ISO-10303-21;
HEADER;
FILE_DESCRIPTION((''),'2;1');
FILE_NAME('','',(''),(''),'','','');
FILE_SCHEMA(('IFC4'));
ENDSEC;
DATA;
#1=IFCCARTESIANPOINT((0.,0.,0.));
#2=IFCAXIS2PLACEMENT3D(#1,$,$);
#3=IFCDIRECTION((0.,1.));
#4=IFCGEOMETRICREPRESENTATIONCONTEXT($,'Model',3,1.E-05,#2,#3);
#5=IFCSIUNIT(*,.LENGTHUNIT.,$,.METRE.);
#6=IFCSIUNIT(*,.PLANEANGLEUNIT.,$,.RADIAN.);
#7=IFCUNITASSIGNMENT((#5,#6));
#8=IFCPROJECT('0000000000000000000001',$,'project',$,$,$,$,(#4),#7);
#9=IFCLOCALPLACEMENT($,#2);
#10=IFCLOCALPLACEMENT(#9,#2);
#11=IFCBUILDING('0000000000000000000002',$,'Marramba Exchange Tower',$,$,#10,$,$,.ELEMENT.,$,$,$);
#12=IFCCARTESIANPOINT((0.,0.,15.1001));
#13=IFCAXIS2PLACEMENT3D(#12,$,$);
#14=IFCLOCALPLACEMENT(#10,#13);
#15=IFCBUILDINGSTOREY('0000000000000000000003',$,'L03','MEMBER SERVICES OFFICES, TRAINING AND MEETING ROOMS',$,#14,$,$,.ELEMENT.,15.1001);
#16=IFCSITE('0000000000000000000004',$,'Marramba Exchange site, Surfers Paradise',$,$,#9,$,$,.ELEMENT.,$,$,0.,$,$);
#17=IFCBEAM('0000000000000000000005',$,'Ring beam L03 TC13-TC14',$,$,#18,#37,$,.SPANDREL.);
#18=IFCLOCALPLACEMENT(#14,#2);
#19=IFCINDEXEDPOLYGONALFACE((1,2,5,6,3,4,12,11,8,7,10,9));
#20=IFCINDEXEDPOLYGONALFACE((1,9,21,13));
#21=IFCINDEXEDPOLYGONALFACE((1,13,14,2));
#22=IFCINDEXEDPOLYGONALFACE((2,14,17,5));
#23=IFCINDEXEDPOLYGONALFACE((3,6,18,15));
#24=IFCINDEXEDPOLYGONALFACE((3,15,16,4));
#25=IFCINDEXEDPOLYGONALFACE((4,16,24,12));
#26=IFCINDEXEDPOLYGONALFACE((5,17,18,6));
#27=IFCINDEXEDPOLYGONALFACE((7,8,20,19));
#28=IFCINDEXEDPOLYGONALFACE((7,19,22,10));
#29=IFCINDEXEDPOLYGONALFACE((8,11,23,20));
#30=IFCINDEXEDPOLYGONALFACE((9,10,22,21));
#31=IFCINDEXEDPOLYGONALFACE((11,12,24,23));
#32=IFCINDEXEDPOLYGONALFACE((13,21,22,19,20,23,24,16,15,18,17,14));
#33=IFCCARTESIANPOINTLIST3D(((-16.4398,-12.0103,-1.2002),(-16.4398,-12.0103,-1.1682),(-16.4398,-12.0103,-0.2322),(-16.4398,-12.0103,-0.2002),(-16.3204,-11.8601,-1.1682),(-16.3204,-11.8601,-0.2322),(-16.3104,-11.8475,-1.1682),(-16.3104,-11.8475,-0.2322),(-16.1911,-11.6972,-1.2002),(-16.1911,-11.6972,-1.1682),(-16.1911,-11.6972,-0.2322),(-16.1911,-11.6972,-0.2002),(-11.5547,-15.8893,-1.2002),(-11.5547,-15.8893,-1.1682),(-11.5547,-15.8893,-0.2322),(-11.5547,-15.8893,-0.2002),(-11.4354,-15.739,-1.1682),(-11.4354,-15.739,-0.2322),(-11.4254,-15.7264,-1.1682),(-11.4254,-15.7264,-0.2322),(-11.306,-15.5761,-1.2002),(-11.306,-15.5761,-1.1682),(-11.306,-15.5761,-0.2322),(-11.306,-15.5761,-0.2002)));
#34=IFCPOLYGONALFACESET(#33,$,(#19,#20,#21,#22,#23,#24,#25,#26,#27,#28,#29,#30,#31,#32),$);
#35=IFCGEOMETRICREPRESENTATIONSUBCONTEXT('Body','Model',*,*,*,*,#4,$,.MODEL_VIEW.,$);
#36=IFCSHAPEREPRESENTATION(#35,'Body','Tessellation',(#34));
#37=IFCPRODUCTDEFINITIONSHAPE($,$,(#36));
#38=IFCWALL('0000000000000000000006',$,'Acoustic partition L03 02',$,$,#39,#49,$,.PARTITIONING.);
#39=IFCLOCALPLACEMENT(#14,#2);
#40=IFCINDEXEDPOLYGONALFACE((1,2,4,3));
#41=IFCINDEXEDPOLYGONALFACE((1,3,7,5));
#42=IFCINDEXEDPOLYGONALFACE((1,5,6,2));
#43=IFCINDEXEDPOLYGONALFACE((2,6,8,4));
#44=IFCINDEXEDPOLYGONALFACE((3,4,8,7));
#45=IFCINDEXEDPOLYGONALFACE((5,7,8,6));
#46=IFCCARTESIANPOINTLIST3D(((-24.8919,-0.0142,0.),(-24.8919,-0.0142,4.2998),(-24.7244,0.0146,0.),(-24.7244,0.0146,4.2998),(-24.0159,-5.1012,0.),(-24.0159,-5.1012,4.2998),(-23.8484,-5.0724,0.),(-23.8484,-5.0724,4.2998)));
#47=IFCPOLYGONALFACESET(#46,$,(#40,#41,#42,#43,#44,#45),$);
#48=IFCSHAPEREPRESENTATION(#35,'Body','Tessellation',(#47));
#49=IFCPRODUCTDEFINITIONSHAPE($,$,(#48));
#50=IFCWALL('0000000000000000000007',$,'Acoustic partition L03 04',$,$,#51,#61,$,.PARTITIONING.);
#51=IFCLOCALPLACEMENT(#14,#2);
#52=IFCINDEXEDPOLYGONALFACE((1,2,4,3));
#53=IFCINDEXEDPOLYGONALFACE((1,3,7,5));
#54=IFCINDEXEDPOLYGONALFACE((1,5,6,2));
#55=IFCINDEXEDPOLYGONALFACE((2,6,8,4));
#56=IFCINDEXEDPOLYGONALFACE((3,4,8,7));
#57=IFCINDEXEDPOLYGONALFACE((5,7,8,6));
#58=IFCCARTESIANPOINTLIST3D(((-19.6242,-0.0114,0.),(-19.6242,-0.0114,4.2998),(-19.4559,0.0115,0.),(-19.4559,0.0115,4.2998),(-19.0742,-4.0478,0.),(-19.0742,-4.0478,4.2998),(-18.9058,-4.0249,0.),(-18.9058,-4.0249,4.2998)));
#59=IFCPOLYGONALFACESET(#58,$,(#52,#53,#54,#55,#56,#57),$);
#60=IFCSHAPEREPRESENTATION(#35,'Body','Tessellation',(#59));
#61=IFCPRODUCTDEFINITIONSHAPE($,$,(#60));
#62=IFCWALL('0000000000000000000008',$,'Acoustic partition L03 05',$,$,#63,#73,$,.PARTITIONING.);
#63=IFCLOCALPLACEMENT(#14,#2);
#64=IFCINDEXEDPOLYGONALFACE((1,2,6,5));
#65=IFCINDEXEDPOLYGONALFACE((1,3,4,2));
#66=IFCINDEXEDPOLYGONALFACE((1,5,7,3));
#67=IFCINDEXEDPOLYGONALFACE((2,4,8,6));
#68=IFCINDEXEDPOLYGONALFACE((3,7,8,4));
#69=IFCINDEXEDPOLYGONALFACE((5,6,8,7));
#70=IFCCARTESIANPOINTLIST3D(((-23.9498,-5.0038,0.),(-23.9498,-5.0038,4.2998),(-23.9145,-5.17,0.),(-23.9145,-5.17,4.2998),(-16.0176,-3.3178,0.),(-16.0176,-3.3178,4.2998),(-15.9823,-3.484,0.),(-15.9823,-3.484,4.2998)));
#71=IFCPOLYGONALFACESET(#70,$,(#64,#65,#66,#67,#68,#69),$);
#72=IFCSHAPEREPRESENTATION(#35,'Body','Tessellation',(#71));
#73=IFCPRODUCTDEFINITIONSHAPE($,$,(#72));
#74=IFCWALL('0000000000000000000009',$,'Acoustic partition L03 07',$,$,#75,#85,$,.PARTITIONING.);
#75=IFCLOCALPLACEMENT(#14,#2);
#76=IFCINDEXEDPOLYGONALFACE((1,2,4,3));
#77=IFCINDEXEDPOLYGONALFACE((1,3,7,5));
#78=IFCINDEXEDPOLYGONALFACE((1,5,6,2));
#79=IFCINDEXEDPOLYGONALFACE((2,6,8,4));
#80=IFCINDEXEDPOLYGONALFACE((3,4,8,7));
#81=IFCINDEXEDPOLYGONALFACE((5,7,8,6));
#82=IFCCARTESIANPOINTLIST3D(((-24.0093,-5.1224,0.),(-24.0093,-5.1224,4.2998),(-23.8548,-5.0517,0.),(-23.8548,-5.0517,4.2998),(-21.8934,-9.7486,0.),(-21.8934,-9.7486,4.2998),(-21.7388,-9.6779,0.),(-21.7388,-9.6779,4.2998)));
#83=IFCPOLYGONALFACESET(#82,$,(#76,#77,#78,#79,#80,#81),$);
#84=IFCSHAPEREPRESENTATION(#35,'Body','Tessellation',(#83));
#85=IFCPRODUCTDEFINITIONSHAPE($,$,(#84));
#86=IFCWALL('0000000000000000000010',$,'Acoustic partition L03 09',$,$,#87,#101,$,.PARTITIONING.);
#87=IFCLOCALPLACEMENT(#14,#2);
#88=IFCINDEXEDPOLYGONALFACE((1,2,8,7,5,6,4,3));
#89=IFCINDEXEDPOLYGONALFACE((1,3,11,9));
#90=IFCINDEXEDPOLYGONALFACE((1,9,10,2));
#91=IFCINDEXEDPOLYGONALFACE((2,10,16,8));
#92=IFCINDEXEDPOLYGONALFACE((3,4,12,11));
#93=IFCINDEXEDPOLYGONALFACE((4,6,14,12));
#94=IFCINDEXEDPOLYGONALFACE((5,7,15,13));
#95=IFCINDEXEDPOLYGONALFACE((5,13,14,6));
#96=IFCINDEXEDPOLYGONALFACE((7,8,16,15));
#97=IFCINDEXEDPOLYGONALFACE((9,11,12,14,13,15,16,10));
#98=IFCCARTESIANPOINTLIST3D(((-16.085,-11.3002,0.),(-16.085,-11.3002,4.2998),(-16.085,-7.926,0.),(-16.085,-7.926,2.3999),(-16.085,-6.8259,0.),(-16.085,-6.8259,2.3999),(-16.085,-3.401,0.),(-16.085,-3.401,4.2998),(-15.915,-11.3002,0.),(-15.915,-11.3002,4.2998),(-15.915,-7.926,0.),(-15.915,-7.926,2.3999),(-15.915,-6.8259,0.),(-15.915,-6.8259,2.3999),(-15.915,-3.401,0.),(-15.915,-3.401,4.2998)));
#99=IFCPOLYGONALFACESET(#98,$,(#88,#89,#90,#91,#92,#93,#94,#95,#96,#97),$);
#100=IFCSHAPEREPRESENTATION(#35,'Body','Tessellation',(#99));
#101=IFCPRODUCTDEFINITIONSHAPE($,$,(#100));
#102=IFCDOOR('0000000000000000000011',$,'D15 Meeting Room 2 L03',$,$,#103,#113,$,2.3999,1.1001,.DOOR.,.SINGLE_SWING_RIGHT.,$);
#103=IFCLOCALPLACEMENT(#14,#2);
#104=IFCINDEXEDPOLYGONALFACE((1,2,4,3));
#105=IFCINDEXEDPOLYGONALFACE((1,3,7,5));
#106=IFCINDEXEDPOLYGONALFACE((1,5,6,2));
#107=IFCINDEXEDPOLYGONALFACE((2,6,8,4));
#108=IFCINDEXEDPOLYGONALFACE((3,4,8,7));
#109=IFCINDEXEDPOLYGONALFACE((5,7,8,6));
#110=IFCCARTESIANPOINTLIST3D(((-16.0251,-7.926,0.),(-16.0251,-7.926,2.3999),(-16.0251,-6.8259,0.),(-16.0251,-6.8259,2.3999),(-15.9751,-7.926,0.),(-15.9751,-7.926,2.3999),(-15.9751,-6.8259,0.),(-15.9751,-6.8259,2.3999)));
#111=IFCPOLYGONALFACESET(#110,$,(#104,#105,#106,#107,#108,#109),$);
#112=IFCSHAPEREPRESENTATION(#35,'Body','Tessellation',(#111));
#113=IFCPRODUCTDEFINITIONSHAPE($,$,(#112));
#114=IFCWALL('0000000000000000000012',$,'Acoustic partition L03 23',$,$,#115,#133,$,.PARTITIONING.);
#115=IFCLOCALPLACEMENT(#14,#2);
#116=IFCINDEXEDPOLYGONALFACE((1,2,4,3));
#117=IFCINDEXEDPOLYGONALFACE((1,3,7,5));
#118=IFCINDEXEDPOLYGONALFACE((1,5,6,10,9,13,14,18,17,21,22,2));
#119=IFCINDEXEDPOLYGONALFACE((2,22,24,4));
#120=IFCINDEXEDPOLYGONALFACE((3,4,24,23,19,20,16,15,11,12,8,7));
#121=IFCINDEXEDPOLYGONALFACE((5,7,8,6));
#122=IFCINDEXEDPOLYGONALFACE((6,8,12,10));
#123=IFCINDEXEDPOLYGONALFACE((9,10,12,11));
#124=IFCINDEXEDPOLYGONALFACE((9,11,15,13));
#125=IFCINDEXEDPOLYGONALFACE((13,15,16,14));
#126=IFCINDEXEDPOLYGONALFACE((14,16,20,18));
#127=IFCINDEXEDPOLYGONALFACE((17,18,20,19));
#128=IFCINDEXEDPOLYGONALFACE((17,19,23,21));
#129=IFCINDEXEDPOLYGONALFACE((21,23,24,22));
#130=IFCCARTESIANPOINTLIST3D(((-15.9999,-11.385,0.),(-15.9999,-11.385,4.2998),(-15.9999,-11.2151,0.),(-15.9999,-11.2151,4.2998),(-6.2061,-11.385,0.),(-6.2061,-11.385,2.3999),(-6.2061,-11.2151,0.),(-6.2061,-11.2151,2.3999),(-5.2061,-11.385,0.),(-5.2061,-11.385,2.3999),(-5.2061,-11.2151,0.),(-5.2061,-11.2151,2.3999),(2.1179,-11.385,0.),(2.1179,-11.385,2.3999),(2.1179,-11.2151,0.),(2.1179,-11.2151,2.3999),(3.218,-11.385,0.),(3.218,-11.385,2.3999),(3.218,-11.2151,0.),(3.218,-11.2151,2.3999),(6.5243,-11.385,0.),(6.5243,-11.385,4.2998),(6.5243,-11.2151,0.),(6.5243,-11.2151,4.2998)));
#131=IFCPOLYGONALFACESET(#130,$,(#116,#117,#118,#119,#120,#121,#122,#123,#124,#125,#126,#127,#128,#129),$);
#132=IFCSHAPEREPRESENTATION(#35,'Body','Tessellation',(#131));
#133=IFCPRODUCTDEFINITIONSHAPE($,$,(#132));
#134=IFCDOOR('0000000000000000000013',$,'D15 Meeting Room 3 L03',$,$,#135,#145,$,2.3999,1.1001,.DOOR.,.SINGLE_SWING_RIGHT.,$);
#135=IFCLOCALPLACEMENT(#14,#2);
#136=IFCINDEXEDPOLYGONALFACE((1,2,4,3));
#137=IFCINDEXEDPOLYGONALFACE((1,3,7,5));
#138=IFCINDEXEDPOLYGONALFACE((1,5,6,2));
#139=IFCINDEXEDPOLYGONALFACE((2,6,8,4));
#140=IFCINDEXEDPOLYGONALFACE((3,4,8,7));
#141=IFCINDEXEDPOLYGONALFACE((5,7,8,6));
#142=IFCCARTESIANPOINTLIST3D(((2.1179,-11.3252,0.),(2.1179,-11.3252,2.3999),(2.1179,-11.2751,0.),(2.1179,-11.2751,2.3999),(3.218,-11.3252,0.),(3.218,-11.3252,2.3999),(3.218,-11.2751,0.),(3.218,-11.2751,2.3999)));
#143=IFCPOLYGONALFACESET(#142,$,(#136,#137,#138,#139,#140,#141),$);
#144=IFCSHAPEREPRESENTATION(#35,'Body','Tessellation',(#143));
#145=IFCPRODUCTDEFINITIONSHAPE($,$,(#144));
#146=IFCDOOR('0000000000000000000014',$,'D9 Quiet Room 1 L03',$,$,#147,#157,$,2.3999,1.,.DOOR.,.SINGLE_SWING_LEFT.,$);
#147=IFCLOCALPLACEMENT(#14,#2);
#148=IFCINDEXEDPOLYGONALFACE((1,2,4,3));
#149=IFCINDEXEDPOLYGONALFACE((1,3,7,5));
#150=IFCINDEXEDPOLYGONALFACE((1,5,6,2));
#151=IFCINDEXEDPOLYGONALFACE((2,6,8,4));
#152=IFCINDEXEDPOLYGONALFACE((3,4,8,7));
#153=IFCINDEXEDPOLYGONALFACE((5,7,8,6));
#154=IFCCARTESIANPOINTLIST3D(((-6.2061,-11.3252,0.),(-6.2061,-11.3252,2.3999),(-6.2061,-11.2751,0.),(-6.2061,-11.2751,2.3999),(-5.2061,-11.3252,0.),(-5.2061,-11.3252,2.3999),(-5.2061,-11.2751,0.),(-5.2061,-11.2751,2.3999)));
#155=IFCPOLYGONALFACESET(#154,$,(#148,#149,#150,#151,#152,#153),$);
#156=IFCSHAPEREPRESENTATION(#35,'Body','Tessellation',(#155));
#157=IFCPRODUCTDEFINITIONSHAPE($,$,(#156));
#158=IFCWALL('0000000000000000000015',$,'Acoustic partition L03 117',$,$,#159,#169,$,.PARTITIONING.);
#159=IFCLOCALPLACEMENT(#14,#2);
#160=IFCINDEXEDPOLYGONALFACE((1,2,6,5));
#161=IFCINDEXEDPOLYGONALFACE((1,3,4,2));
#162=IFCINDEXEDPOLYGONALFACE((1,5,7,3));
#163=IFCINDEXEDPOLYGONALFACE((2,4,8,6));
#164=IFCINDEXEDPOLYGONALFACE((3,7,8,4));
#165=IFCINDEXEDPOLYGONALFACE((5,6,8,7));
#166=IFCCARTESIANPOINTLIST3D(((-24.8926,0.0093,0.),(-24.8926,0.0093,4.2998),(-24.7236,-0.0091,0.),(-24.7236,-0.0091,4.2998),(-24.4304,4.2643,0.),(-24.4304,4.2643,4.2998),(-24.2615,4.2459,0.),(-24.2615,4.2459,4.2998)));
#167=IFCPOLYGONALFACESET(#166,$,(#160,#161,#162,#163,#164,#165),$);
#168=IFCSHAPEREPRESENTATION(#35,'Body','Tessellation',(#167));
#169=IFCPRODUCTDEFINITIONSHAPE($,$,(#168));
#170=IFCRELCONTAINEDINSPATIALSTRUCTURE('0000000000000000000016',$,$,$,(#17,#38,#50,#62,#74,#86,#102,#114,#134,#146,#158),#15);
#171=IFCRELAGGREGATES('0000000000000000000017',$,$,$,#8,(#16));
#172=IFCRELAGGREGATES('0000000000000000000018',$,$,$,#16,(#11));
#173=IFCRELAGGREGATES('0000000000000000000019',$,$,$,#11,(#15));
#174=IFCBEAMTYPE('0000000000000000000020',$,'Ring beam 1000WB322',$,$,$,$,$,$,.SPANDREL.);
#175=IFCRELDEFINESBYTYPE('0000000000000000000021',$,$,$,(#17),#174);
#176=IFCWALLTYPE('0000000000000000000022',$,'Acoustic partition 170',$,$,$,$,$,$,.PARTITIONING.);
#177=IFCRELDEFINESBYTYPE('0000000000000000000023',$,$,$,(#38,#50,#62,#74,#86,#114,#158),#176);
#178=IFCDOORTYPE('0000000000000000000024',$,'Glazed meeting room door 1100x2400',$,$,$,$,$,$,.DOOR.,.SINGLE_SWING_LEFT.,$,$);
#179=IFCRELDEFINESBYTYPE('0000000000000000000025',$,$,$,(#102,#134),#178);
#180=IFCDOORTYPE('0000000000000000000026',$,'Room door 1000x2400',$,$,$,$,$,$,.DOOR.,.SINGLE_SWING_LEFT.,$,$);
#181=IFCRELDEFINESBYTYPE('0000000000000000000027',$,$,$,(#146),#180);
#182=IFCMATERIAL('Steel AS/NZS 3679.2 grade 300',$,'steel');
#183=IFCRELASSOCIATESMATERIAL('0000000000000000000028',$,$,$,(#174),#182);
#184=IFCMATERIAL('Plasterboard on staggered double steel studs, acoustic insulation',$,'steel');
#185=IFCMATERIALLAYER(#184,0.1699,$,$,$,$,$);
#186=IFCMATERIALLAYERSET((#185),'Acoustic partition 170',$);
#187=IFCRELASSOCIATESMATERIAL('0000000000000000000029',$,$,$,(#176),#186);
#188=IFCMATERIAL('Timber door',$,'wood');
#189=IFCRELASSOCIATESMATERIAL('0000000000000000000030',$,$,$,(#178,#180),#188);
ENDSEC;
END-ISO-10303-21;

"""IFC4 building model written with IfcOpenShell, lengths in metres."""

from ifc_helpers import new_model, si_unit, direction, frame, frame_2d, origin, origin_2d, place, context, subcontext, project, spatial, rectangle, i_section, extrude, material, layer, layer_set, material_profile, profile_set, type_object, element, fill, save


model = new_model("IFC4")

# Units and contexts
model_context = context("Model", 3, precision=1e-05, world=origin(), true_north=direction((0.0, 1.0)))
body_context = subcontext(model_context, "Body", "Model", "MODEL_VIEW")
ifc_project = project(units=[si_unit("LENGTHUNIT", "METRE"), si_unit("PLANEANGLEUNIT", "RADIAN")], contexts=[model_context])

# Site, building, storey
site_placement = place(None, origin())
site = spatial("IfcSite", under=ifc_project, at=site_placement, Name="Marramba Exchange site, Surfers Paradise", CompositionType="ELEMENT", RefElevation=0.0)
building_placement = place(site_placement, origin())
building = spatial("IfcBuilding", under=site, at=building_placement, Name="Marramba Exchange Tower", CompositionType="ELEMENT")
storey_placement = place(building_placement, frame((0.0, 0.0, 15.1001)))
storey = spatial("IfcBuildingStorey", under=building, at=storey_placement, Name="L03", Description="MEMBER SERVICES OFFICES, TRAINING AND MEETING ROOMS", CompositionType="ELEMENT", Elevation=15.1001)

# Beam
ifc_material_1 = material(Name="Steel AS/NZS 3679.2 grade 300", Category="steel")
ifc_material_profile_1 = material_profile(ifc_material_1, i_section(OverallWidth=0.3999, OverallDepth=1.0, WebThickness=0.0161, FlangeThickness=0.032, at=origin_2d()), Name="1000WB322")
ifc_profile_set_1 = profile_set([ifc_material_profile_1], Name="Steel AS/NZS 3679.2 grade 300")
beam_type_1 = type_object("IfcBeamType", Name="Ring beam 1000WB322", PredefinedType="SPANDREL", material=ifc_profile_set_1)
beam_1_placement = place(storey_placement, frame((-16.3154, -11.8538, -0.7002), z_axis=(0.783139, -0.621846, 0.0), x_axis=(0.621846, 0.783139, 0.0)))
element("IfcBeam", 1, at=beam_1_placement, inside=storey, type_object=beam_type_1, Name="Ring beam L03 TC13-TC14", PredefinedType="SPANDREL", context=body_context, shape_type="SweptSolid", body=[
    extrude(i_section(OverallWidth=0.3999, OverallDepth=1.0, WebThickness=0.0161, FlangeThickness=0.032, at=origin_2d()), origin(), (0.0, 0.0, 1.0), 6.2378),
])

# Walls
ifc_material_2 = material(Name="Plasterboard on staggered double steel studs, acoustic insulation", Category="steel")
ifc_layer_1 = layer(ifc_material_2, 0.1699)
ifc_layer_set_1 = layer_set([ifc_layer_1], Name="Acoustic partition 170")
wall_type_1 = type_object("IfcWallType", Name="Acoustic partition 170", PredefinedType="PARTITIONING", material=ifc_layer_set_1)
wall_1_placement = place(storey_placement, frame((-23.9321, -5.0869, 0.0), z_axis=(0.0, 0.0, 1.0), x_axis=(-0.169704, 0.985495, 0.0)))
element("IfcWall", 2, at=wall_1_placement, inside=storey, type_object=wall_type_1, Name="Acoustic partition L03 02", PredefinedType="PARTITIONING", context=body_context, shape_type="SweptSolid", body=[
    extrude(rectangle(XDim=5.1619, YDim=0.1699, at=frame_2d((2.5811, 0.0))), origin(), (0.0, 0.0, 1.0), 4.2998),
])
wall_2_placement = place(storey_placement, frame((-18.99, -4.0364, 0.0), z_axis=(0.0, 0.0, 1.0), x_axis=(-0.135025, 0.990842, 0.0)))
element("IfcWall", 3, at=wall_2_placement, inside=storey, type_object=wall_type_1, Name="Acoustic partition L03 04", PredefinedType="PARTITIONING", context=body_context, shape_type="SweptSolid", body=[
    extrude(rectangle(XDim=4.0737, YDim=0.1699, at=frame_2d((2.0369, 0.0))), origin(), (0.0, 0.0, 1.0), 4.2998),
])
wall_3_placement = place(storey_placement, frame((-23.9321, -5.0869, 0.0), z_axis=(0.0, 0.0, 1.0), x_axis=(0.978147, 0.207913, 0.0)))
element("IfcWall", 4, at=wall_3_placement, inside=storey, type_object=wall_type_1, Name="Acoustic partition L03 05", PredefinedType="PARTITIONING", context=body_context, shape_type="SweptSolid", body=[
    extrude(rectangle(XDim=8.1094, YDim=0.1699, at=frame_2d((4.0547, 0.0))), origin(), (0.0, 0.0, 1.0), 4.2998),
])
wall_4_placement = place(storey_placement, frame((-21.8162, -9.7131, 0.0), z_axis=(0.0, 0.0, 1.0), x_axis=(-0.415942, 0.909391, 0.0)))
element("IfcWall", 5, at=wall_4_placement, inside=storey, type_object=wall_type_1, Name="Acoustic partition L03 07", PredefinedType="PARTITIONING", context=body_context, shape_type="SweptSolid", body=[
    extrude(rectangle(XDim=5.0872, YDim=0.1699, at=frame_2d((2.5435, 0.0))), origin(), (0.0, 0.0, 1.0), 4.2998),
])

# Wall, opening, door
wall_5_placement = place(storey_placement, frame((-16.0, -3.4009, 0.0), z_axis=(0.0, 0.0, 1.0), x_axis=(0.0, -1.0, 0.0)))
wall_5 = element("IfcWall", 6, at=wall_5_placement, inside=storey, type_object=wall_type_1, Name="Acoustic partition L03 09", PredefinedType="PARTITIONING", context=body_context, shape_type="SweptSolid", body=[
    extrude(rectangle(XDim=7.8992, YDim=0.1699, at=frame_2d((3.9497, 0.0))), origin(), (0.0, 0.0, 1.0), 4.2998),
])
opening_1_placement = place(wall_5_placement, frame((3.425, 0.0, 0.0)))
opening_1 = element("IfcOpeningElement", 7, at=opening_1_placement, cuts=wall_5, PredefinedType="OPENING", context=body_context, shape_type="SweptSolid", body=[
    extrude(rectangle(XDim=1.1001, YDim=2.3999, at=frame_2d((0.55, 1.2))), frame((0.0, 0.095, 0.0), z_axis=(0.0, -1.0, 0.0), x_axis=(1.0, 0.0, 0.0)), (0.0, 0.0, 1.0), 0.1899),
])
ifc_material_3 = material(Name="Timber door", Category="wood")
door_type_1 = type_object("IfcDoorType", Name="Glazed meeting room door 1100x2400", OperationType="SINGLE_SWING_LEFT", PredefinedType="DOOR", material=ifc_material_3)
door_1_placement = place(opening_1_placement, origin())
door_1 = element("IfcDoor", 8, at=door_1_placement, inside=storey, type_object=door_type_1, Name="D15 Meeting Room 2 L03", OperationType="SINGLE_SWING_RIGHT", OverallHeight=2.3999, OverallWidth=1.1001, PredefinedType="DOOR", context=body_context, shape_type="SweptSolid", body=[
    extrude(rectangle(XDim=1.1001, YDim=2.3999, at=frame_2d((0.55, 1.2))), frame((0.0, 0.0249, 0.0), z_axis=(0.0, -1.0, 0.0), x_axis=(1.0, 0.0, 0.0)), (0.0, 0.0, 1.0), 0.05),
])
fill(opening_1, door_1)

# Wall, openings, doors
wall_6_placement = place(storey_placement, frame((-16.0, -11.3, 0.0), z_axis=(0.0, 0.0, 1.0), x_axis=(1.0, 0.0, 0.0)))
wall_6 = element("IfcWall", 9, at=wall_6_placement, inside=storey, type_object=wall_type_1, Name="Acoustic partition L03 23", PredefinedType="PARTITIONING", context=body_context, shape_type="SweptSolid", body=[
    extrude(rectangle(XDim=22.5242, YDim=0.1699, at=frame_2d((11.2622, 0.0))), origin(), (0.0, 0.0, 1.0), 4.2998),
])
opening_2_placement = place(wall_6_placement, frame((18.1179, 0.0, 0.0)))
opening_2 = element("IfcOpeningElement", 10, at=opening_2_placement, cuts=wall_6, PredefinedType="OPENING", context=body_context, shape_type="SweptSolid", body=[
    extrude(rectangle(XDim=1.1001, YDim=2.3999, at=frame_2d((0.55, 1.2))), frame((0.0, 0.095, 0.0), z_axis=(0.0, -1.0, 0.0), x_axis=(1.0, 0.0, 0.0)), (0.0, 0.0, 1.0), 0.1899),
])
opening_3_placement = place(wall_6_placement, frame((9.7939, 0.0, 0.0)))
opening_3 = element("IfcOpeningElement", 11, at=opening_3_placement, cuts=wall_6, PredefinedType="OPENING", context=body_context, shape_type="SweptSolid", body=[
    extrude(rectangle(XDim=1.0, YDim=2.3999, at=frame_2d((0.5, 1.2))), frame((0.0, 0.095, 0.0), z_axis=(0.0, -1.0, 0.0), x_axis=(1.0, 0.0, 0.0)), (0.0, 0.0, 1.0), 0.1899),
])
door_2_placement = place(opening_2_placement, origin())
door_2 = element("IfcDoor", 12, at=door_2_placement, inside=storey, type_object=door_type_1, Name="D15 Meeting Room 3 L03", OperationType="SINGLE_SWING_RIGHT", OverallHeight=2.3999, OverallWidth=1.1001, PredefinedType="DOOR", context=body_context, shape_type="SweptSolid", body=[
    extrude(rectangle(XDim=1.1001, YDim=2.3999, at=frame_2d((0.55, 1.2))), frame((0.0, 0.0249, 0.0), z_axis=(0.0, -1.0, 0.0), x_axis=(1.0, 0.0, 0.0)), (0.0, 0.0, 1.0), 0.05),
])
fill(opening_2, door_2)
door_type_2 = type_object("IfcDoorType", Name="Room door 1000x2400", OperationType="SINGLE_SWING_LEFT", PredefinedType="DOOR", material=ifc_material_3)
door_3_placement = place(opening_3_placement, frame((1.0, 0.0, 0.0), z_axis=(0.0, 0.0, 1.0), x_axis=(-1.0, 0.0, 0.0)))
door_3 = element("IfcDoor", 13, at=door_3_placement, inside=storey, type_object=door_type_2, Name="D9 Quiet Room 1 L03", OperationType="SINGLE_SWING_LEFT", OverallHeight=2.3999, OverallWidth=1.0, PredefinedType="DOOR", context=body_context, shape_type="SweptSolid", body=[
    extrude(rectangle(XDim=1.0, YDim=2.3999, at=frame_2d((0.5, 1.2))), frame((0.0, 0.0251, 0.0), z_axis=(0.0, -1.0, 0.0), x_axis=(1.0, 0.0, 0.0)), (0.0, 0.0, 1.0), 0.05),
])
fill(opening_3, door_3)

# Wall
wall_7_placement = place(storey_placement, frame((-24.8081, 0.0, 0.0), z_axis=(0.0, 0.0, 1.0), x_axis=(0.107983, 0.994153, 0.0)))
element("IfcWall", 14, at=wall_7_placement, inside=storey, type_object=wall_type_1, Name="Acoustic partition L03 117", PredefinedType="PARTITIONING", context=body_context, shape_type="SweptSolid", body=[
    extrude(rectangle(XDim=4.28, YDim=0.1699, at=frame_2d((2.1401, 0.0))), origin(), (0.0, 0.0, 1.0), 4.2998),
])

save(model, "model.ifc")
